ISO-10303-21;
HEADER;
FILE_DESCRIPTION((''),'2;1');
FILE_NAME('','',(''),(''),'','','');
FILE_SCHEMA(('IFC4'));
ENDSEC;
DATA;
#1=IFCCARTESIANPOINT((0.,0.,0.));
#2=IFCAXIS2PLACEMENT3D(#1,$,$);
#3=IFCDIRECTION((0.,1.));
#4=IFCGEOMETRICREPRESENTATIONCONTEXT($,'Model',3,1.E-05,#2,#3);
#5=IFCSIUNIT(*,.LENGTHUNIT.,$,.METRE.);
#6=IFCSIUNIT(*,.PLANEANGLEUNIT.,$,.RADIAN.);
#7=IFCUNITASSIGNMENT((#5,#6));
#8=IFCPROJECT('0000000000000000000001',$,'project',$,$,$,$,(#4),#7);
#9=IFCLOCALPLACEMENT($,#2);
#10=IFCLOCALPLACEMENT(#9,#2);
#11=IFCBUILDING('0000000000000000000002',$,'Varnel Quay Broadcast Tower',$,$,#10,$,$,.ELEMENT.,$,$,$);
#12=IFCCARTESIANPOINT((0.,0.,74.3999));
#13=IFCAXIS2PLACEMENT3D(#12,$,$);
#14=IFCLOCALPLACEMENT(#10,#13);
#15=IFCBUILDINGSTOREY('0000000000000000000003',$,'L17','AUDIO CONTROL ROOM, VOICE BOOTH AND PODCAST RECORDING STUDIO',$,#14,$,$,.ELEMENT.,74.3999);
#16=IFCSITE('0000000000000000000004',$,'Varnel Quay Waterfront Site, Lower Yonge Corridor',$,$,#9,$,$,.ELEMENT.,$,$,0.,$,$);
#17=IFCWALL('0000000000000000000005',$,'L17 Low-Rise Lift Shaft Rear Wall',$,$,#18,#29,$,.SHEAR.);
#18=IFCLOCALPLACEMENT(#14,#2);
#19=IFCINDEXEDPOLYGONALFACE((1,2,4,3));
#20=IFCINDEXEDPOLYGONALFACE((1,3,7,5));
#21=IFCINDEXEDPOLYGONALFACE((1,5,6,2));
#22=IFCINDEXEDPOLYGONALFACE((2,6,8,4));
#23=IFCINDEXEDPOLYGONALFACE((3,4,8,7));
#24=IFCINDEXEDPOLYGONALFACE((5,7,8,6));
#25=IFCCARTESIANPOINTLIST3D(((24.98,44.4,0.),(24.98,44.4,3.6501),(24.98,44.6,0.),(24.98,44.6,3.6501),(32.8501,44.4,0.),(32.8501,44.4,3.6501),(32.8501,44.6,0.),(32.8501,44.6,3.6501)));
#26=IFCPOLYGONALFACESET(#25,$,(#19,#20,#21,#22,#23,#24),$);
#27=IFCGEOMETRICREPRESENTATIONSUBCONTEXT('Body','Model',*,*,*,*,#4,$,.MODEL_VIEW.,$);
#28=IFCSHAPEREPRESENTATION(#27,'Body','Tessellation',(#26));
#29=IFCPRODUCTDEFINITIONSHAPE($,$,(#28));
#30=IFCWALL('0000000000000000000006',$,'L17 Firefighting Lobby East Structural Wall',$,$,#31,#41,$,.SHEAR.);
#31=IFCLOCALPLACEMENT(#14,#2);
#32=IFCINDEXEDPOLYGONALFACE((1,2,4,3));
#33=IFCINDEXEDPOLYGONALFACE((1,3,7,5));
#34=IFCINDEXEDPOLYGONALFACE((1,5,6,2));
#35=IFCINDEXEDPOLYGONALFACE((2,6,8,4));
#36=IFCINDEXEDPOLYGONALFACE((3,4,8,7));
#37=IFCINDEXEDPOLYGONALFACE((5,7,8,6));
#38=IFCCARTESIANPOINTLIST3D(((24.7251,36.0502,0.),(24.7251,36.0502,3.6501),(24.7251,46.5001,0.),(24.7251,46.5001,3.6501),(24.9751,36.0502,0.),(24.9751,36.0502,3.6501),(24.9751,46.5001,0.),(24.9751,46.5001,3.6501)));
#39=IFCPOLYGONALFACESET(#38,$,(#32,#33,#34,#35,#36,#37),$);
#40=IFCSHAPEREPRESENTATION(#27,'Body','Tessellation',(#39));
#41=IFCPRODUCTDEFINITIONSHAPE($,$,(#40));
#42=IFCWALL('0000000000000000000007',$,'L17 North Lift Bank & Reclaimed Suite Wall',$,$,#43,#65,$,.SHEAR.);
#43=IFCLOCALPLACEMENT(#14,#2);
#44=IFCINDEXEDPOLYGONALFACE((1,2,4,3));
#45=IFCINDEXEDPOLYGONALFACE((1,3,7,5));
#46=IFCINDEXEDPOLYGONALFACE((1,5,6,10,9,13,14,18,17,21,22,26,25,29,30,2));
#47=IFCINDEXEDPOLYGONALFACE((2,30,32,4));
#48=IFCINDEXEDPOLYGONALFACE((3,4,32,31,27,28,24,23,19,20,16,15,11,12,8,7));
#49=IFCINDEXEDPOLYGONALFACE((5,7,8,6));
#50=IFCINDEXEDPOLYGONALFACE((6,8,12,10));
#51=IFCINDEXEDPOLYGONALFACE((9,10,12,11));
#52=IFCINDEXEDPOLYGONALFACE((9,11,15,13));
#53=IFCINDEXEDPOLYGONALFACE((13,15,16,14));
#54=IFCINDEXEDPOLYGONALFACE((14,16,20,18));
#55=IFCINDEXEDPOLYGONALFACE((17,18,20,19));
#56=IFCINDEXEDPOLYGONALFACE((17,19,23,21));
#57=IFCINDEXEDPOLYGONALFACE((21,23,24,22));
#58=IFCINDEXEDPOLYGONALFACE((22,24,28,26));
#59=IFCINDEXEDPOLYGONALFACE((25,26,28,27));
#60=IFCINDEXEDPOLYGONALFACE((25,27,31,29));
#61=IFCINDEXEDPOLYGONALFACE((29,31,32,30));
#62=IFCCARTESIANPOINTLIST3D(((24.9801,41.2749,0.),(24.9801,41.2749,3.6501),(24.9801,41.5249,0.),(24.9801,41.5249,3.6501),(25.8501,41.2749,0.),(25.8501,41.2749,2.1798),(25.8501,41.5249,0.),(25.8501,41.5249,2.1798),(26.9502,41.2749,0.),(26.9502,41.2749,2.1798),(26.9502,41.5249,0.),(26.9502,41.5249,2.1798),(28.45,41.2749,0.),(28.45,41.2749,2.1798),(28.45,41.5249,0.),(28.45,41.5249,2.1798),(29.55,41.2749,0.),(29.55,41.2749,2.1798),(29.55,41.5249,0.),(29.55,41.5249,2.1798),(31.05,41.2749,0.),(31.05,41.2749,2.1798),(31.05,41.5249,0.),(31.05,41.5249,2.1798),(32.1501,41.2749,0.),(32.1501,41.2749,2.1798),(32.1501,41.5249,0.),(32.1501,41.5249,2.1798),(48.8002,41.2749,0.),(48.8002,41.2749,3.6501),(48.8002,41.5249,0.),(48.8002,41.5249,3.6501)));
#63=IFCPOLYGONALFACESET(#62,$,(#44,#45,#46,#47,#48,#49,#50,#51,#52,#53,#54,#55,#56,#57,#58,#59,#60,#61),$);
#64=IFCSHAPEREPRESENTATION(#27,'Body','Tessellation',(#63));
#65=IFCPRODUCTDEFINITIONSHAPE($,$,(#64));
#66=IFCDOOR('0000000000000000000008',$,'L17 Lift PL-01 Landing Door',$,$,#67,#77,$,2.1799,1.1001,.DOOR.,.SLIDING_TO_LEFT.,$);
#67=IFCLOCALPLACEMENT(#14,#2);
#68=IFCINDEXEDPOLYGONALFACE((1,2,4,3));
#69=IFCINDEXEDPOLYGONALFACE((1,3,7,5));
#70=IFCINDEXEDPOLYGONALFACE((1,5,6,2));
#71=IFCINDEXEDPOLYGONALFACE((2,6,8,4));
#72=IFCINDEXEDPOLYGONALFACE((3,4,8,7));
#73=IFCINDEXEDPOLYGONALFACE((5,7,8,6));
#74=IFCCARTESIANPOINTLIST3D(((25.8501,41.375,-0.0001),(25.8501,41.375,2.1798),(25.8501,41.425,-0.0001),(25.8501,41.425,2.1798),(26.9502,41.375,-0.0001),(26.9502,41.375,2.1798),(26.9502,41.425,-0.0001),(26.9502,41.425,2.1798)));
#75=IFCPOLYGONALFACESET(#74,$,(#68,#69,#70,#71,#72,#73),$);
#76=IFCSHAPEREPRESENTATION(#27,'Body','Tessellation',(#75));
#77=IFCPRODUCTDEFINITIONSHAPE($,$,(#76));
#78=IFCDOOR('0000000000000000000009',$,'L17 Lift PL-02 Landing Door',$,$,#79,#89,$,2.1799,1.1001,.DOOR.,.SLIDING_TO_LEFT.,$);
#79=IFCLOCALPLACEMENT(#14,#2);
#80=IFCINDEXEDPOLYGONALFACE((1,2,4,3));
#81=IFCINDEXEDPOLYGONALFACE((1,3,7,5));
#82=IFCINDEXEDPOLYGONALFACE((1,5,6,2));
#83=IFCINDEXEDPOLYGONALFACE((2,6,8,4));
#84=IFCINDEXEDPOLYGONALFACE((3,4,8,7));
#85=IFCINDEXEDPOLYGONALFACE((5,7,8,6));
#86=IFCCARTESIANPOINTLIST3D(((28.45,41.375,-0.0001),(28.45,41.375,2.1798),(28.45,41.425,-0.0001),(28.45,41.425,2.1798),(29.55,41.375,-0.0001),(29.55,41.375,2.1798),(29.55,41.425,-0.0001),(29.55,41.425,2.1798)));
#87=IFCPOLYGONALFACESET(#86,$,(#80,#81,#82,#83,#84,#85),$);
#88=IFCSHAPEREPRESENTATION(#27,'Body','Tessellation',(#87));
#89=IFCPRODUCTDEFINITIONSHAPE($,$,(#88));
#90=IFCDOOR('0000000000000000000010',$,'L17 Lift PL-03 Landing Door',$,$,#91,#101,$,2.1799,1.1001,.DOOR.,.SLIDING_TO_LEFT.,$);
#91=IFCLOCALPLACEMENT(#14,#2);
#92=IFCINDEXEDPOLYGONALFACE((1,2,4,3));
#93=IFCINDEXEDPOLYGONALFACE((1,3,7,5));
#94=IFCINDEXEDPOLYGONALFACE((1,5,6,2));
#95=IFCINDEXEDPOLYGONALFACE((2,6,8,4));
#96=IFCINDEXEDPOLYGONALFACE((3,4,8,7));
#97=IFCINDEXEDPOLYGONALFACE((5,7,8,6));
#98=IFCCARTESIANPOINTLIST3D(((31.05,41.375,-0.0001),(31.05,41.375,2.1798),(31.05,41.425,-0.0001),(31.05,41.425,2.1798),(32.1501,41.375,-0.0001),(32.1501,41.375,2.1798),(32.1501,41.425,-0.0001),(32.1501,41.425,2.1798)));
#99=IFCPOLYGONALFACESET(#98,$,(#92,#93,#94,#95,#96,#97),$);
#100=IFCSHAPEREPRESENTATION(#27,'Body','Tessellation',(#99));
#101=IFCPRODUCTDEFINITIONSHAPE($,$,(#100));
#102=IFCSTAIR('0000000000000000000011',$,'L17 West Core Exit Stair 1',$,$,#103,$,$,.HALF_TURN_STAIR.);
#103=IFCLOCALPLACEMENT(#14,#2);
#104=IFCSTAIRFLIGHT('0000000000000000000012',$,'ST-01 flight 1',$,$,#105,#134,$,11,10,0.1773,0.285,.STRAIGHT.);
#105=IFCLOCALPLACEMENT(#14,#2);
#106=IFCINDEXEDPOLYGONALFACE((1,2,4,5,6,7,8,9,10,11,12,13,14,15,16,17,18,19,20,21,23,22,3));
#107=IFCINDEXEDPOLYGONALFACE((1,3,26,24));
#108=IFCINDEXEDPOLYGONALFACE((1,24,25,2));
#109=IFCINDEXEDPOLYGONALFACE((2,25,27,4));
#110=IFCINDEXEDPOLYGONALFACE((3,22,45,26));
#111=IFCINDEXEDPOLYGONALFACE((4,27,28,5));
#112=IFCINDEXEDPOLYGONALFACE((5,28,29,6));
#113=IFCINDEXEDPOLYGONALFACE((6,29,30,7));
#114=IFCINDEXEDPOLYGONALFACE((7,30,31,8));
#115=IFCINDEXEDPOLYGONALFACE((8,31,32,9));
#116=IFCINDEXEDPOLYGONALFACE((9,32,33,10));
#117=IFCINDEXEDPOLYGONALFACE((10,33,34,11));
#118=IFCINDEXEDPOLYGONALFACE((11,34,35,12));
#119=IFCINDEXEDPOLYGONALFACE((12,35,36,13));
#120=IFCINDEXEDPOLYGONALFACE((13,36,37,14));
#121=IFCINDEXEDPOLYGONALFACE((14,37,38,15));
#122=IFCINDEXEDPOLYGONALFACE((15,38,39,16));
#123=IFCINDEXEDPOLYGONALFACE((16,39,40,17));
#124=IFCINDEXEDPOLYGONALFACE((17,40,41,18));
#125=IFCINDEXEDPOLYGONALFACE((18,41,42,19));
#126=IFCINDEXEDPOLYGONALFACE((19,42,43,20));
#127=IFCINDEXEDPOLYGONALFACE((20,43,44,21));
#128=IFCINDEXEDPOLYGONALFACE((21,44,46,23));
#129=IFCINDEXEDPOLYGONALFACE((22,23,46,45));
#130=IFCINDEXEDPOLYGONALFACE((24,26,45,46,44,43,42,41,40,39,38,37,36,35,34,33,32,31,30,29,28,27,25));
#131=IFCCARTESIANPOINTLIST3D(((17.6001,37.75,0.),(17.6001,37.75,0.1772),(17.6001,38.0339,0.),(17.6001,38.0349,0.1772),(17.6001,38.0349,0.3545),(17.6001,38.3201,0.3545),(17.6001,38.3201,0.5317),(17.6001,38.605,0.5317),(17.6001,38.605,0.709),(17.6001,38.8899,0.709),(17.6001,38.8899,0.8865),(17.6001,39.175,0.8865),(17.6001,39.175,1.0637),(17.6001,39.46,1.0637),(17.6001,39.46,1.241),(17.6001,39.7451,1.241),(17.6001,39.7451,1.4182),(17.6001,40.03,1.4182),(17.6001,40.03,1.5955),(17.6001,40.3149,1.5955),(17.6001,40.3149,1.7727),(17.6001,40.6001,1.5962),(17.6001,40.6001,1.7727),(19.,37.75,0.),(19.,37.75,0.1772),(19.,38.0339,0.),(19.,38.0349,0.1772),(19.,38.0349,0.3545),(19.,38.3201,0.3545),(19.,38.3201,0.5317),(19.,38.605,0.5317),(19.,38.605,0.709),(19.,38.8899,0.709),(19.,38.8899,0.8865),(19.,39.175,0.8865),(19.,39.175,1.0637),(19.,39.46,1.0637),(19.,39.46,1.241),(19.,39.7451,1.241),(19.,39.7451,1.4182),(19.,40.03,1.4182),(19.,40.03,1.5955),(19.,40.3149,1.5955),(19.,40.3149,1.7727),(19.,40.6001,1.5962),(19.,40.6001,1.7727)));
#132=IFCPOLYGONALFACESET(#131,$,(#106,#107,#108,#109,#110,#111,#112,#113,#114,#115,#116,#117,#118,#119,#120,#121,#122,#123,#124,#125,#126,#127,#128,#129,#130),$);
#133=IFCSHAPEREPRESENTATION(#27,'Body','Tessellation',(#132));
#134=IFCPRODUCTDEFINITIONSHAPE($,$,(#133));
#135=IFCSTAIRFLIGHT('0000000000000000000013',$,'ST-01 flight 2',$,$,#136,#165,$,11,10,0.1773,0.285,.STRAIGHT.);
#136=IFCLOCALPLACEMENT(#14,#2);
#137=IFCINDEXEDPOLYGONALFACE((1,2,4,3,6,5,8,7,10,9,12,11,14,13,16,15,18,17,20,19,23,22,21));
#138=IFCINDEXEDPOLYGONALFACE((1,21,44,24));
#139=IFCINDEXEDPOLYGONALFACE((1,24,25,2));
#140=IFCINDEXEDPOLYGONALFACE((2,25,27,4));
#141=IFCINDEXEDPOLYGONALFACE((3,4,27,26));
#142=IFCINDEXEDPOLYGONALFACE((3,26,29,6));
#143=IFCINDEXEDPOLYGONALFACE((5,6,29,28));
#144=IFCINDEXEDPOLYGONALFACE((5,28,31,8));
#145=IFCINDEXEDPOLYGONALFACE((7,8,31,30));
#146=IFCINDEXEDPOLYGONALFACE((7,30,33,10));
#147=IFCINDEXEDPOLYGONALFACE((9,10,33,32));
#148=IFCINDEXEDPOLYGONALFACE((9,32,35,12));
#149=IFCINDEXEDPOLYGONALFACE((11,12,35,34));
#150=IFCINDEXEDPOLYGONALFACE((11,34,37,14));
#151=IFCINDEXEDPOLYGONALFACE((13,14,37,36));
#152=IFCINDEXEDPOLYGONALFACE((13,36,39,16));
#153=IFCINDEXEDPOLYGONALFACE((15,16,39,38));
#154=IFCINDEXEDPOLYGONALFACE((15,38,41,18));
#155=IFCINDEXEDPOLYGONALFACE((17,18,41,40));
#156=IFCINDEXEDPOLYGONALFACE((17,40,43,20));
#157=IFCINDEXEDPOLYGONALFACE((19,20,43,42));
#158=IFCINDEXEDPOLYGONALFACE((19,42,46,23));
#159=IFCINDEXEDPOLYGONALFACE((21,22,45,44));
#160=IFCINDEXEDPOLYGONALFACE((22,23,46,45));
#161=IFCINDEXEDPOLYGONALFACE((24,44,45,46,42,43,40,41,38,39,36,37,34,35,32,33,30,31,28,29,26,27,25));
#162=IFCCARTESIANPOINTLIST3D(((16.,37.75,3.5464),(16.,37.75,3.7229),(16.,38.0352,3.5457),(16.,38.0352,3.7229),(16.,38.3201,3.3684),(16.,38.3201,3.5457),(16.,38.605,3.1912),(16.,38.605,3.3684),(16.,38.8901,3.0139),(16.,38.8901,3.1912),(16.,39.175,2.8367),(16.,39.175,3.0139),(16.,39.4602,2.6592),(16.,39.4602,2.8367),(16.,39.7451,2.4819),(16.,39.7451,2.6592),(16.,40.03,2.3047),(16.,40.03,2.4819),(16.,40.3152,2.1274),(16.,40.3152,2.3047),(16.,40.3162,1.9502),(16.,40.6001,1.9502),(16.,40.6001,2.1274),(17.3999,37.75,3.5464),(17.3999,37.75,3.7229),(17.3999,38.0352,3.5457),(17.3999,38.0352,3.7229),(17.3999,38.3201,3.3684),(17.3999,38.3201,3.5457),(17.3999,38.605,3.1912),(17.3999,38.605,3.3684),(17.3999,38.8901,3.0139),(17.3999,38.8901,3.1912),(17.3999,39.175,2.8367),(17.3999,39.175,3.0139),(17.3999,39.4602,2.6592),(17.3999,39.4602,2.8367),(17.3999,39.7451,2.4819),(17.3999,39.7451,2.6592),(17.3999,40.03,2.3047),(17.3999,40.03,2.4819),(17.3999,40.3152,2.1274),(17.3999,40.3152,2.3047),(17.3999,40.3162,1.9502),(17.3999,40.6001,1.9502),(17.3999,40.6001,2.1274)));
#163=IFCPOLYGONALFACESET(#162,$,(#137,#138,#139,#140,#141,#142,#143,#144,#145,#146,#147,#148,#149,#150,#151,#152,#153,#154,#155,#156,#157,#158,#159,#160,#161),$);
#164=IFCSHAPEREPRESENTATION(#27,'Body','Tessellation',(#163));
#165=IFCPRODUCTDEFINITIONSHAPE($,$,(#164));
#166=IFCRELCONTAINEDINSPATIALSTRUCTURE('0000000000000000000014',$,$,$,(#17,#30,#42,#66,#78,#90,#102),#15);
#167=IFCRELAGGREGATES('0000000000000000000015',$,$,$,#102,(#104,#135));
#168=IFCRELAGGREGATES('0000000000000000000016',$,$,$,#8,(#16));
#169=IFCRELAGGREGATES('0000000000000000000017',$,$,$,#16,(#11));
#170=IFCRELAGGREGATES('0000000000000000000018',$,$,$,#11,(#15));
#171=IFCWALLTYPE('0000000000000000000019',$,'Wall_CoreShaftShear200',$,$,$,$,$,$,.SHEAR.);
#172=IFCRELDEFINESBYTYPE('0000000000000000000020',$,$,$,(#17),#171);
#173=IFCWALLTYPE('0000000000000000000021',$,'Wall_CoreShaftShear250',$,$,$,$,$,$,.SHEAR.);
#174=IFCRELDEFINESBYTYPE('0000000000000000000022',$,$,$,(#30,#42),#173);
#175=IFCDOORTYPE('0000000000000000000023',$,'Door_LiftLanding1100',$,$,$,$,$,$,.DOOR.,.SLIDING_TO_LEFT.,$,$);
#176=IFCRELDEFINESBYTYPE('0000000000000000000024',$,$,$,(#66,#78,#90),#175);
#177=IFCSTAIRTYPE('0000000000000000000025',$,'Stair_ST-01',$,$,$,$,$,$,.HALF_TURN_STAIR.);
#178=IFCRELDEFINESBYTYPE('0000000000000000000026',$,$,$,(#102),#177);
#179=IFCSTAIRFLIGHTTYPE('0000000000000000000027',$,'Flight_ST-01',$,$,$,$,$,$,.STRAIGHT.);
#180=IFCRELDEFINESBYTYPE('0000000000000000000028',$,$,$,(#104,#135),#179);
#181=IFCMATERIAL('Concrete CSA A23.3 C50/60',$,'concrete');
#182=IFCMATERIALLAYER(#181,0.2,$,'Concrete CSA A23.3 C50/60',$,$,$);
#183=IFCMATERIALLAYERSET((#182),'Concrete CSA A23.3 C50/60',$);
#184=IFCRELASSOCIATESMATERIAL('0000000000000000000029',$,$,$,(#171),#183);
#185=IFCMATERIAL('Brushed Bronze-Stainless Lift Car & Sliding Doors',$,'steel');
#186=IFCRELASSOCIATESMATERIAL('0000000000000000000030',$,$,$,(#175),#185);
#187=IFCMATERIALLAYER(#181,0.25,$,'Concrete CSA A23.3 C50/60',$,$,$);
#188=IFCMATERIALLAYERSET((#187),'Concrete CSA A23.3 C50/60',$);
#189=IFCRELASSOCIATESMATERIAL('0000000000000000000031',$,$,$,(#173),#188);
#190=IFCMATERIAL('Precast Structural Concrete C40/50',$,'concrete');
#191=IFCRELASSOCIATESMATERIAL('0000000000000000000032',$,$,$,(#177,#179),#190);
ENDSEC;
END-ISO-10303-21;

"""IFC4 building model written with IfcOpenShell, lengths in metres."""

from ifc_helpers import new_model, si_unit, direction, frame, frame_2d, origin, place, context, subcontext, project, spatial, polyline, rectangle, outline, extrude, source, transform, mapped, material, layer, layer_set, type_object, type_shapes, element, fill, aggregate, save


model = new_model("IFC4")

# Units and contexts
model_context = context("Model", 3, precision=1e-05, world=origin(), true_north=direction((0.0, 1.0)))
body_context = subcontext(model_context, "Body", "Model", "MODEL_VIEW")
ifc_project = project(units=[si_unit("LENGTHUNIT", "METRE"), si_unit("PLANEANGLEUNIT", "RADIAN")], contexts=[model_context])

# Site, building, storey
site_placement = place(None, origin())
site = spatial("IfcSite", under=ifc_project, at=site_placement, Name="Varnel Quay Waterfront Site, Lower Yonge Corridor", CompositionType="ELEMENT", RefElevation=0.0)
building_placement = place(site_placement, origin())
building = spatial("IfcBuilding", under=site, at=building_placement, Name="Varnel Quay Broadcast Tower", CompositionType="ELEMENT")
storey_placement = place(building_placement, frame((0.0, 0.0, 74.3999)))
storey = spatial("IfcBuildingStorey", under=building, at=storey_placement, Name="L17", Description="AUDIO CONTROL ROOM, VOICE BOOTH AND PODCAST RECORDING STUDIO", CompositionType="ELEMENT", Elevation=74.3999)

# Shared definitions
ifc_material_1 = material(Name="Concrete CSA A23.3 C50/60", Category="concrete")
ifc_layer_1 = layer(ifc_material_1, 0.2, Name="Concrete CSA A23.3 C50/60")
ifc_layer_set_1 = layer_set([ifc_layer_1], Name="Concrete CSA A23.3 C50/60")
wall_type_1 = type_object("IfcWallType", Name="Wall_CoreShaftShear200", PredefinedType="SHEAR", material=ifc_layer_set_1)

# Shared definitions
ifc_material_2 = material(Name="Brushed Bronze-Stainless Lift Car & Sliding Doors", Category="steel")
door_type_1 = type_object("IfcDoorType", Name="Door_LiftLanding1100", OperationType="SLIDING_TO_LEFT", PredefinedType="DOOR", material=ifc_material_2)
shared_shape_1 = source(origin(), body_context, "Body", "SweptSolid", [
    extrude(rectangle(XDim=1.1001, YDim=2.1799, at=frame_2d((0.55, 1.0898))), frame((0.0, 0.0249, 0.0), z_axis=(0.0, -1.0, 0.0), x_axis=(1.0, 0.0, 0.0)), (0.0, 0.0, 1.0), 0.05),
])
type_shapes(door_type_1, [shared_shape_1])

# Walls
wall_1_placement = place(storey_placement, frame((24.98, 44.5, 0.0), z_axis=(0.0, 0.0, 1.0), x_axis=(1.0, 0.0, 0.0)))
element("IfcWall", 1, at=wall_1_placement, inside=storey, type_object=wall_type_1, Name="L17 Low-Rise Lift Shaft Rear Wall", PredefinedType="SHEAR", context=body_context, shape_type="SweptSolid", body=[
    extrude(rectangle(XDim=7.8701, YDim=0.2, at=frame_2d((3.9351, 0.0))), origin(), (0.0, 0.0, 1.0), 3.6501),
])
ifc_layer_2 = layer(ifc_material_1, 0.25, Name="Concrete CSA A23.3 C50/60")
ifc_layer_set_2 = layer_set([ifc_layer_2], Name="Concrete CSA A23.3 C50/60")
wall_type_2 = type_object("IfcWallType", Name="Wall_CoreShaftShear250", PredefinedType="SHEAR", material=ifc_layer_set_2)
wall_2_placement = place(storey_placement, frame((24.8501, 36.05, 0.0), z_axis=(0.0, 0.0, 1.0), x_axis=(0.0, 1.0, 0.0)))
element("IfcWall", 2, at=wall_2_placement, inside=storey, type_object=wall_type_2, Name="L17 Firefighting Lobby East Structural Wall", PredefinedType="SHEAR", context=body_context, shape_type="SweptSolid", body=[
    extrude(rectangle(XDim=10.45, YDim=0.25, at=frame_2d((5.2251, 0.0))), origin(), (0.0, 0.0, 1.0), 3.6501),
])

# Wall, openings, doors
wall_3_placement = place(storey_placement, frame((24.98, 41.3999, 0.0), z_axis=(0.0, 0.0, 1.0), x_axis=(1.0, 0.0, 0.0)))
wall_3 = element("IfcWall", 3, at=wall_3_placement, inside=storey, type_object=wall_type_2, Name="L17 North Lift Bank & Reclaimed Suite Wall", PredefinedType="SHEAR", context=body_context, shape_type="SweptSolid", body=[
    extrude(rectangle(XDim=23.8201, YDim=0.25, at=frame_2d((11.9102, 0.0))), origin(), (0.0, 0.0, 1.0), 3.6501),
])
opening_1_placement = place(wall_3_placement, frame((0.8701, 0.0, 0.0)))
opening_1 = element("IfcOpeningElement", 4, at=opening_1_placement, cuts=wall_3, PredefinedType="OPENING", context=body_context, shape_type="SweptSolid", body=[
    extrude(rectangle(XDim=1.1001, YDim=2.1799, at=frame_2d((0.55, 1.0898))), frame((0.0, 0.135, 0.0), z_axis=(0.0, -1.0, 0.0), x_axis=(1.0, 0.0, 0.0)), (0.0, 0.0, 1.0), 0.27),
])
opening_2_placement = place(wall_3_placement, frame((3.47, 0.0, 0.0)))
opening_2 = element("IfcOpeningElement", 5, at=opening_2_placement, cuts=wall_3, PredefinedType="OPENING", context=body_context, shape_type="SweptSolid", body=[
    extrude(rectangle(XDim=1.1001, YDim=2.1799, at=frame_2d((0.55, 1.0898))), frame((0.0, 0.135, 0.0), z_axis=(0.0, -1.0, 0.0), x_axis=(1.0, 0.0, 0.0)), (0.0, 0.0, 1.0), 0.27),
])
opening_3_placement = place(wall_3_placement, frame((6.0701, 0.0, 0.0)))
opening_3 = element("IfcOpeningElement", 6, at=opening_3_placement, cuts=wall_3, PredefinedType="OPENING", context=body_context, shape_type="SweptSolid", body=[
    extrude(rectangle(XDim=1.1001, YDim=2.1799, at=frame_2d((0.55, 1.0898))), frame((0.0, 0.135, 0.0), z_axis=(0.0, -1.0, 0.0), x_axis=(1.0, 0.0, 0.0)), (0.0, 0.0, 1.0), 0.27),
])
door_1_placement = place(opening_1_placement, frame((1.1001, 0.0, 0.0), z_axis=(0.0, 0.0, 1.0), x_axis=(-1.0, 0.0, 0.0)))
door_1 = element("IfcDoor", 7, at=door_1_placement, inside=storey, type_object=door_type_1, Name="L17 Lift PL-01 Landing Door", OperationType="SLIDING_TO_LEFT", OverallHeight=2.1799, OverallWidth=1.1001, PredefinedType="DOOR", context=body_context, shape_type="MappedRepresentation", body=[
    mapped(shared_shape_1, transform((0.0, 0.0, 0.0), x_axis=(1.0, 0.0, 0.0), y_axis=(0.0, 1.0, 0.0), z_axis=(0.0, 0.0, 1.0), scale=1.0)),
])
fill(opening_1, door_1)
door_2_placement = place(opening_2_placement, frame((1.1001, 0.0, 0.0), z_axis=(0.0, 0.0, 1.0), x_axis=(-1.0, 0.0, 0.0)))
door_2 = element("IfcDoor", 8, at=door_2_placement, inside=storey, type_object=door_type_1, Name="L17 Lift PL-02 Landing Door", OperationType="SLIDING_TO_LEFT", OverallHeight=2.1799, OverallWidth=1.1001, PredefinedType="DOOR", context=body_context, shape_type="MappedRepresentation", body=[
    mapped(shared_shape_1, transform((0.0, 0.0, 0.0), x_axis=(1.0, 0.0, 0.0), y_axis=(0.0, 1.0, 0.0), z_axis=(0.0, 0.0, 1.0), scale=1.0)),
])
fill(opening_2, door_2)
door_3_placement = place(opening_3_placement, frame((1.1001, 0.0, 0.0), z_axis=(0.0, 0.0, 1.0), x_axis=(-1.0, 0.0, 0.0)))
door_3 = element("IfcDoor", 9, at=door_3_placement, inside=storey, type_object=door_type_1, Name="L17 Lift PL-03 Landing Door", OperationType="SLIDING_TO_LEFT", OverallHeight=2.1799, OverallWidth=1.1001, PredefinedType="DOOR", context=body_context, shape_type="MappedRepresentation", body=[
    mapped(shared_shape_1, transform((0.0, 0.0, 0.0), x_axis=(1.0, 0.0, 0.0), y_axis=(0.0, 1.0, 0.0), z_axis=(0.0, 0.0, 1.0), scale=1.0)),
])
fill(opening_3, door_3)

# Stair, stair flights
ifc_material_3 = material(Name="Precast Structural Concrete C40/50", Category="concrete")
stair_type = type_object("IfcStairType", Name="Stair_ST-01", PredefinedType="HALF_TURN_STAIR", material=ifc_material_3)
stair_placement = place(storey_placement, origin())
stair = element("IfcStair", 10, at=stair_placement, inside=storey, type_object=stair_type, Name="L17 West Core Exit Stair 1", PredefinedType="HALF_TURN_STAIR")
stair_flight_type = type_object("IfcStairFlightType", Name="Flight_ST-01", PredefinedType="STRAIGHT", material=ifc_material_3)
stair_flight_1_placement = place(storey_placement, frame((18.3, 37.75, 0.0), z_axis=(0.0, 0.0, 1.0), x_axis=(0.0, 1.0, 0.0)))
stair_flight_1 = element("IfcStairFlight", 11, at=stair_flight_1_placement, type_object=stair_flight_type, Name="ST-01 flight 1", NumberOfRisers=11, NumberOfTreads=10, PredefinedType="STRAIGHT", RiserHeight=0.1773, TreadLength=0.285, context=body_context, shape_type="SweptSolid", body=[
    extrude(outline(polyline([(0.0, 0.0), (0.0, 0.1772), (0.2849, 0.1772), (0.2849, 0.3545), (0.5701, 0.3545), (0.5701, 0.5317), (0.855, 0.5317), (0.855, 0.709), (1.1399, 0.709), (1.1399, 0.8865), (1.425, 0.8865), (1.425, 1.0637), (1.71, 1.0637), (1.71, 1.241), (1.9951, 1.241), (1.9951, 1.4182), (2.28, 1.4182), (2.28, 1.5955), (2.5649, 1.5955), (2.5649, 1.7727), (2.8501, 1.7727), (2.8501, 1.95), (2.8501, 1.5962), (0.2839, 0.0), (0.0, 0.0)])), frame((0.0, 0.7, 0.0), z_axis=(0.0, -1.0, 0.0), x_axis=(1.0, 0.0, 0.0)), (0.0, 0.0, 1.0), 1.3999),
])
stair_flight_2_placement = place(storey_placement, frame((16.7, 40.6001, 1.9502), z_axis=(0.0, 0.0, 1.0), x_axis=(0.0, -1.0, 0.0)))
stair_flight_2 = element("IfcStairFlight", 12, at=stair_flight_2_placement, type_object=stair_flight_type, Name="ST-01 flight 2", NumberOfRisers=11, NumberOfTreads=10, PredefinedType="STRAIGHT", RiserHeight=0.1773, TreadLength=0.285, context=body_context, shape_type="SweptSolid", body=[
    extrude(outline(polyline([(0.0, 0.0), (0.0, 0.1772), (0.2849, 0.1772), (0.2849, 0.3545), (0.5701, 0.3545), (0.5701, 0.5317), (0.855, 0.5317), (0.855, 0.709), (1.1399, 0.709), (1.1399, 0.8865), (1.425, 0.8865), (1.425, 1.0637), (1.71, 1.0637), (1.71, 1.241), (1.9951, 1.241), (1.9951, 1.4182), (2.28, 1.4182), (2.28, 1.5955), (2.5649, 1.5955), (2.5649, 1.7727), (2.8501, 1.7727), (2.8501, 1.95), (2.8501, 1.5962), (0.2839, 0.0), (0.0, 0.0)])), frame((0.0, 0.7, 0.0), z_axis=(0.0, -1.0, 0.0), x_axis=(1.0, 0.0, 0.0)), (0.0, 0.0, 1.0), 1.3999),
])
aggregate(stair, [stair_flight_1, stair_flight_2])

save(model, "model.ifc")
